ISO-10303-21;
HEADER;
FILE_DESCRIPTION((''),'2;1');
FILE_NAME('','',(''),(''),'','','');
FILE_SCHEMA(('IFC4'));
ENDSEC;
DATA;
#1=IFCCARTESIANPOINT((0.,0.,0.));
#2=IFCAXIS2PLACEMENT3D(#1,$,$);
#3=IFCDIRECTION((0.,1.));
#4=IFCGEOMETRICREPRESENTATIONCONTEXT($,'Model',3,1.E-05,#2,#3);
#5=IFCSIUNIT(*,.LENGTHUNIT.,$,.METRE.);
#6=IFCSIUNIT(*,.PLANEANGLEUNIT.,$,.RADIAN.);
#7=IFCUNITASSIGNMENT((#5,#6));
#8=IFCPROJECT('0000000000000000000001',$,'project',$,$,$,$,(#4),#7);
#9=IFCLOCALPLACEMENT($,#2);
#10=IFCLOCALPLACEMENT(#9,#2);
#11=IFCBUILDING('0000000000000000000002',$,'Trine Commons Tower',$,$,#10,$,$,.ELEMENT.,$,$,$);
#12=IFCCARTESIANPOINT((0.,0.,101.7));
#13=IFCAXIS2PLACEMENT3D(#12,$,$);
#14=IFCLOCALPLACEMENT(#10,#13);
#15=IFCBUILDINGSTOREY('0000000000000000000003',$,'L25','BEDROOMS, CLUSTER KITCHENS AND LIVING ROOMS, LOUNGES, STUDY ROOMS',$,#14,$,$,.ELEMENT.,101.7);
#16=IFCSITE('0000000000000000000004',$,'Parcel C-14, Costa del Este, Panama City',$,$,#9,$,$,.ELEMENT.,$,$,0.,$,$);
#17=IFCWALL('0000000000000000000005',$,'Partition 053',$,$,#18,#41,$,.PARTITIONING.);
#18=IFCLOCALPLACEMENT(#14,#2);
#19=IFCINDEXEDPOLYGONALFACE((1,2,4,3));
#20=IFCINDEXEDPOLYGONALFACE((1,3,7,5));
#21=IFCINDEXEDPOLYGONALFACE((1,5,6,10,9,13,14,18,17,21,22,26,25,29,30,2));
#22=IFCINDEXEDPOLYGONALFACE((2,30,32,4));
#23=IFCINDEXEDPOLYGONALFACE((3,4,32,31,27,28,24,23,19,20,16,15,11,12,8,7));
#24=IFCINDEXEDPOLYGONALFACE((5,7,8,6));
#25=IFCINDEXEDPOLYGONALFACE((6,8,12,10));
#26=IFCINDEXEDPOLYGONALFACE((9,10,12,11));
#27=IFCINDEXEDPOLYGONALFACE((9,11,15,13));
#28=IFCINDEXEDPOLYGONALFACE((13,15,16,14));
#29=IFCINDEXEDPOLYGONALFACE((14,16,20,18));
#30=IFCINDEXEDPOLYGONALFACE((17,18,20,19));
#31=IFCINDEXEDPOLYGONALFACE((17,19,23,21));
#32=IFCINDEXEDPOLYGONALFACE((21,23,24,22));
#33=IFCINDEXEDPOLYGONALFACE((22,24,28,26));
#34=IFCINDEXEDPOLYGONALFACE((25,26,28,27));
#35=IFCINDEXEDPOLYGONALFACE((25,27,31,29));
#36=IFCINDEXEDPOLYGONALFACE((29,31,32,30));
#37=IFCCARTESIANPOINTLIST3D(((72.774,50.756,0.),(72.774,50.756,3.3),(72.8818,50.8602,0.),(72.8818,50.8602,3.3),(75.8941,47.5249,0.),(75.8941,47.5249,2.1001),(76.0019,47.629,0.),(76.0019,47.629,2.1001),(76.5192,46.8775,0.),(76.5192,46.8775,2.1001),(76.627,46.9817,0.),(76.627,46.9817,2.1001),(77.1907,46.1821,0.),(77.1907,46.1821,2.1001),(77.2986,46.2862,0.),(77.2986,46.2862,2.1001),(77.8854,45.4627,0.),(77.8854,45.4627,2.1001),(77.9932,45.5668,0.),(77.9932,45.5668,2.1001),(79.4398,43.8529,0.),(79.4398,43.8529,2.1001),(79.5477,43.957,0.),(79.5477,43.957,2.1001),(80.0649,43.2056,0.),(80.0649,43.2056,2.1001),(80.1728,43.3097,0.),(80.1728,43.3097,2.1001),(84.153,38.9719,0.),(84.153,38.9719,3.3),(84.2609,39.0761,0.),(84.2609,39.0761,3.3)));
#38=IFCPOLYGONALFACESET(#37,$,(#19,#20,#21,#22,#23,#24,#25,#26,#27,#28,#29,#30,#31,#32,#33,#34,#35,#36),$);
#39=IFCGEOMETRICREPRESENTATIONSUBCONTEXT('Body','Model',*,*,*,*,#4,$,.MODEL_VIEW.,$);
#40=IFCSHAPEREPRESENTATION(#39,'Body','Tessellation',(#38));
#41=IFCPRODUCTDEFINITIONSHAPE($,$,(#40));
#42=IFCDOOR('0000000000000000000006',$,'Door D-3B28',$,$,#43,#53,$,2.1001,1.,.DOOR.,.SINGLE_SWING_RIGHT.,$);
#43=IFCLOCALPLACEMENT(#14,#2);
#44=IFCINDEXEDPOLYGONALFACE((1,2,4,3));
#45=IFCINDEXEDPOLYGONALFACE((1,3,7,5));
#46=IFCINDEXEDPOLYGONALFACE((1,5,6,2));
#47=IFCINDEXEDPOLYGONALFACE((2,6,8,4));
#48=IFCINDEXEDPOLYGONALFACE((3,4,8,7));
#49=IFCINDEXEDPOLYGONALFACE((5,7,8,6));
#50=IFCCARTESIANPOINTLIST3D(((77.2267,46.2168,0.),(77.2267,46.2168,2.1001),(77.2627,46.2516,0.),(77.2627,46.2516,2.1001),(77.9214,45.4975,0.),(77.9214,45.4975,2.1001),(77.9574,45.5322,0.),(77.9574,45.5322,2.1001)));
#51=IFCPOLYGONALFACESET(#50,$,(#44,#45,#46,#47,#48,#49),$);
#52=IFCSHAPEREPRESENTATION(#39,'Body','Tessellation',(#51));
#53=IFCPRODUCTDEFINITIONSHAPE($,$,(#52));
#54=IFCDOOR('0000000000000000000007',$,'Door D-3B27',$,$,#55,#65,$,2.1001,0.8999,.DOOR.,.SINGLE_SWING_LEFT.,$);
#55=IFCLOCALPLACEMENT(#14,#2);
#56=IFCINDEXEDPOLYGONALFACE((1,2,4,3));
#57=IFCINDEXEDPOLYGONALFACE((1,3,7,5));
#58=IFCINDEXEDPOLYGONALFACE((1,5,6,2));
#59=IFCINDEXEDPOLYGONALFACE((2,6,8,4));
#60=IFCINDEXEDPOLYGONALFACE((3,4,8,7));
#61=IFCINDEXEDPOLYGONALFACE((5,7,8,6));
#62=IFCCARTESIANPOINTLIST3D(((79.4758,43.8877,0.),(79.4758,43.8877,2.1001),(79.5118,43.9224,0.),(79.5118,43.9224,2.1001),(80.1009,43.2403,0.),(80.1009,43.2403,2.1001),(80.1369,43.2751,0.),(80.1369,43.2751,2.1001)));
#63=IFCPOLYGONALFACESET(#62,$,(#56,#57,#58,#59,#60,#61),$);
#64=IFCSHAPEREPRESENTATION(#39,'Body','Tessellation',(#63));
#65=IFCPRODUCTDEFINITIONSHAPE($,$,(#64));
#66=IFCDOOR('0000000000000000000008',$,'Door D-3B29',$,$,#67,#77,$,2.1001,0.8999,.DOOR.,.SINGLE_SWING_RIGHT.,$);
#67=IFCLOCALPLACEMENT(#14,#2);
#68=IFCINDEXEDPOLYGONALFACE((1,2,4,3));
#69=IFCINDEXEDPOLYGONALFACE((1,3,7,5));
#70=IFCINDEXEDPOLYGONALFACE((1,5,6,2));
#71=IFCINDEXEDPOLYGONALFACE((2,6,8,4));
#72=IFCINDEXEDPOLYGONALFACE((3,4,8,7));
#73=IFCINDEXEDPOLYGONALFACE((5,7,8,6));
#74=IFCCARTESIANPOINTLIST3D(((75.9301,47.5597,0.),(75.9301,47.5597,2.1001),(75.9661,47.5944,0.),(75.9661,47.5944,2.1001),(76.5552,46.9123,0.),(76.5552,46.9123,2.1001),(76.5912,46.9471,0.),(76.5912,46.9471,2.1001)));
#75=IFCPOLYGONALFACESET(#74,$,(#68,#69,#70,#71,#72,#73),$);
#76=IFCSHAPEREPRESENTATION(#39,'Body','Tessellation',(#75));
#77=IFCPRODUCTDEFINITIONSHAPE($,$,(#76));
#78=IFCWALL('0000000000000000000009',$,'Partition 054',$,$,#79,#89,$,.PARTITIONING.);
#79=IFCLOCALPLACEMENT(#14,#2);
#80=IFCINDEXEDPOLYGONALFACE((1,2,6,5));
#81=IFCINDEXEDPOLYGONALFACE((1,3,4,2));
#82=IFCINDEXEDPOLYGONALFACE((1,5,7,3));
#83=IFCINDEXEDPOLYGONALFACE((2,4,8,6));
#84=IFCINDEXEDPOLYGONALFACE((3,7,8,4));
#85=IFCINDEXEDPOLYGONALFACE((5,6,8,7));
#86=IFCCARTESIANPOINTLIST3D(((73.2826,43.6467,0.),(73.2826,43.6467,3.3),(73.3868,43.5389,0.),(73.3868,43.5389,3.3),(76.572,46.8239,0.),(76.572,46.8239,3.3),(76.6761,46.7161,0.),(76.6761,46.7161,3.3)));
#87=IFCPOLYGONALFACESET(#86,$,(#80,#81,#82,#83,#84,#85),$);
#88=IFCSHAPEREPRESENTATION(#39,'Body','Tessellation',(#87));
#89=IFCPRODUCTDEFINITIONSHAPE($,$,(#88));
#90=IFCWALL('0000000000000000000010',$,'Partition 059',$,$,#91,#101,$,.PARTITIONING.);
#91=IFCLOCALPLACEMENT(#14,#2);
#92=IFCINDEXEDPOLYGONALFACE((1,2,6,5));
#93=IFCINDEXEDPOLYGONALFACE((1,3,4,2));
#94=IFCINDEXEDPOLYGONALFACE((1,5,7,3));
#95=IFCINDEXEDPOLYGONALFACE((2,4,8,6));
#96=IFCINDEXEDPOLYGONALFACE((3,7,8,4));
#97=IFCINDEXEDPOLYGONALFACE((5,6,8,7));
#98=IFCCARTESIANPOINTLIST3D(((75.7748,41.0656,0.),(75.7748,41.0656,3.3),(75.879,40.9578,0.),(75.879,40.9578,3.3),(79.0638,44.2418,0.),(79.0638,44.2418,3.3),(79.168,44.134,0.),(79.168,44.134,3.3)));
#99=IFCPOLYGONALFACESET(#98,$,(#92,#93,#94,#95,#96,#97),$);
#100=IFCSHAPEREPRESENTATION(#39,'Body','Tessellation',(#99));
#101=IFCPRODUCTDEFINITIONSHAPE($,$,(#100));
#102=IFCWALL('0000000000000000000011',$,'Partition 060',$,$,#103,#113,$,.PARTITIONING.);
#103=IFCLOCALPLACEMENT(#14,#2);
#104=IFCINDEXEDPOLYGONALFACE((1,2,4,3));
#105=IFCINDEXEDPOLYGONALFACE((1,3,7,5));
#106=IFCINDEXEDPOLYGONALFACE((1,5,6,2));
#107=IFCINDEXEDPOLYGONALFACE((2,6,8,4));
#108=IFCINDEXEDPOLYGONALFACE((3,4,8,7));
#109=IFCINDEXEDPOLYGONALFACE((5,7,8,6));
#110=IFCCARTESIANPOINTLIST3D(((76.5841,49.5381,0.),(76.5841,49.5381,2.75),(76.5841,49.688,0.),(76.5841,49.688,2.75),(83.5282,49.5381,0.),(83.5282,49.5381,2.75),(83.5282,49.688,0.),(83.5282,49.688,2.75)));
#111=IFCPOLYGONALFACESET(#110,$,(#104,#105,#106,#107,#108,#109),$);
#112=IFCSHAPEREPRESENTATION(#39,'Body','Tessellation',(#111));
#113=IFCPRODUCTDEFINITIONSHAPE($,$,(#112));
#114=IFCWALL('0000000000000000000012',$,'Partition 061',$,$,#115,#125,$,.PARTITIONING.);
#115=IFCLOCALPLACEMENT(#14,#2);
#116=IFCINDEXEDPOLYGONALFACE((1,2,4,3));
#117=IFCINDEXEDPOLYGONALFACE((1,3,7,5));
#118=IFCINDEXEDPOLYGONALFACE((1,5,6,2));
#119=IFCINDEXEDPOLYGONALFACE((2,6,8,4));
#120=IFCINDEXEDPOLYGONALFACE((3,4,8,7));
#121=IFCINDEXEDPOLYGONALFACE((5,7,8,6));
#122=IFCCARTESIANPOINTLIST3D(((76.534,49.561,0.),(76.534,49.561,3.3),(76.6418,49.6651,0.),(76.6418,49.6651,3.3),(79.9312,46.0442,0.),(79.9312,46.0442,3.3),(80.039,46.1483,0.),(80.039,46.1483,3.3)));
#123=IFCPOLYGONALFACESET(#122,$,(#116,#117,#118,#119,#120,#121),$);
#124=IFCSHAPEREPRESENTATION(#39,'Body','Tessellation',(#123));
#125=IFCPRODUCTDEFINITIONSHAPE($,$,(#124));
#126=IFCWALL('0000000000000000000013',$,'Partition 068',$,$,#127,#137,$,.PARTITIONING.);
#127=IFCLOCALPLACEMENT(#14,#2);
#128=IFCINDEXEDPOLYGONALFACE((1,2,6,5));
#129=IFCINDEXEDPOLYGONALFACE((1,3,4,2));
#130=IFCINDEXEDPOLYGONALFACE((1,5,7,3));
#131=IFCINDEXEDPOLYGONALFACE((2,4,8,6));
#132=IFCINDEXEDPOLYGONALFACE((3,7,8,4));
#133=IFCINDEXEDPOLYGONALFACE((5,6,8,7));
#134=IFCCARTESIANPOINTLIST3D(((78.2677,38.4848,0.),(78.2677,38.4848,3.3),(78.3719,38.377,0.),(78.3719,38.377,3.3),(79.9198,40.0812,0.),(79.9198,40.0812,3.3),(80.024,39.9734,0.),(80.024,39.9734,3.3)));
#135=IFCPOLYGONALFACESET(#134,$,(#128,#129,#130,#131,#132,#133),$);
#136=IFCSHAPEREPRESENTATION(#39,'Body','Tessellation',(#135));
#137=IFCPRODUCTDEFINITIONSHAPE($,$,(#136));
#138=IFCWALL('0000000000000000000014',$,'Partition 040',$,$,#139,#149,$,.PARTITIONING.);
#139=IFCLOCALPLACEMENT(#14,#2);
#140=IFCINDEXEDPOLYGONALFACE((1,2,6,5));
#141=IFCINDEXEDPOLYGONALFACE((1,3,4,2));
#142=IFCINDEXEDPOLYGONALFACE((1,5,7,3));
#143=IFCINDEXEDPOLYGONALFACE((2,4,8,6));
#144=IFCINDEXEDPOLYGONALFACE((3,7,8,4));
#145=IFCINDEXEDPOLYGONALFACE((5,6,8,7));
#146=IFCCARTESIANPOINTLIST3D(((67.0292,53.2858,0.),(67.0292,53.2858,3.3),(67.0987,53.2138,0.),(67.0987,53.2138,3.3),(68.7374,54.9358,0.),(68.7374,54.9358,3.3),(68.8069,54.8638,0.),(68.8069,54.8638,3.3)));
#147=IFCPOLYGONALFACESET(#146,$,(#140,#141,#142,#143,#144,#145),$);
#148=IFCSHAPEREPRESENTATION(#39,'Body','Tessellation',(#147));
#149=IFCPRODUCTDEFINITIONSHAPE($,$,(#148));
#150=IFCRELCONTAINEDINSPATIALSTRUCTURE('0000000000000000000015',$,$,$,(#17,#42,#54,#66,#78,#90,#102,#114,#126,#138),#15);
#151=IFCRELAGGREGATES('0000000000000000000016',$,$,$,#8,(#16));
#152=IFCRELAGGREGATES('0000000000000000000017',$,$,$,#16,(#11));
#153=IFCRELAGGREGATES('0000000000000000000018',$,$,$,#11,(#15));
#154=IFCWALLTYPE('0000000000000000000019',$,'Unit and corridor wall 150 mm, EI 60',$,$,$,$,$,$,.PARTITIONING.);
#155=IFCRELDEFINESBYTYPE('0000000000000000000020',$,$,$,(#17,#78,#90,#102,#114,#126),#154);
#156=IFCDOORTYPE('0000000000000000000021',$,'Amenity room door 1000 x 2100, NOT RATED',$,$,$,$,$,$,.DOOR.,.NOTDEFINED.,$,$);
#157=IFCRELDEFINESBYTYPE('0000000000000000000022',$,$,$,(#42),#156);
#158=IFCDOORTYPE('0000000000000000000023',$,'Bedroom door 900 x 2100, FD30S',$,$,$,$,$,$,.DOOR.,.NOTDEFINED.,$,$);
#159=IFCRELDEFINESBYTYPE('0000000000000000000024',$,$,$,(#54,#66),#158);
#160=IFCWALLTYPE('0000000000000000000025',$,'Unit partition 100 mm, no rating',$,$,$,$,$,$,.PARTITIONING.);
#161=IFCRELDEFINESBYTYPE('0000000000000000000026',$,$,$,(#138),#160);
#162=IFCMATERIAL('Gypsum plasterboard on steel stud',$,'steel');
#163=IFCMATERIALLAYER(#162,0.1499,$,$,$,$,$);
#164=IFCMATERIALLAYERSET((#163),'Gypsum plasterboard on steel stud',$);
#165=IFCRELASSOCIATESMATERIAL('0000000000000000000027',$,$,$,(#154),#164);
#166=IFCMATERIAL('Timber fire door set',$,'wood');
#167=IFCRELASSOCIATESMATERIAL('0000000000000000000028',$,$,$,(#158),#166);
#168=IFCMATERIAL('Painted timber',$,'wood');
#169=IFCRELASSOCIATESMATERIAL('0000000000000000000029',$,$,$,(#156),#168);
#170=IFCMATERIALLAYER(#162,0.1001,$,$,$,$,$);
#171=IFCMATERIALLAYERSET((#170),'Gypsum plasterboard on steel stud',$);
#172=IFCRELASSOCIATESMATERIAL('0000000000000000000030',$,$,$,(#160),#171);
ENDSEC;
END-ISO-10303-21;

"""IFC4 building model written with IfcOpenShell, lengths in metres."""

from ifc_helpers import new_model, si_unit, direction, frame, frame_2d, origin, place, context, subcontext, project, spatial, rectangle, extrude, material, layer, layer_set, type_object, element, fill, save


model = new_model("IFC4")

# Units and contexts
model_context = context("Model", 3, precision=1e-05, world=origin(), true_north=direction((0.0, 1.0)))
body_context = subcontext(model_context, "Body", "Model", "MODEL_VIEW")
ifc_project = project(units=[si_unit("LENGTHUNIT", "METRE"), si_unit("PLANEANGLEUNIT", "RADIAN")], contexts=[model_context])

# Site, building, storey
site_placement = place(None, origin())
site = spatial("IfcSite", under=ifc_project, at=site_placement, Name="Parcel C-14, Costa del Este, Panama City", CompositionType="ELEMENT", RefElevation=0.0)
building_placement = place(site_placement, origin())
building = spatial("IfcBuilding", under=site, at=building_placement, Name="Trine Commons Tower", CompositionType="ELEMENT")
storey_placement = place(building_placement, frame((0.0, 0.0, 101.7)))
storey = spatial("IfcBuildingStorey", under=building, at=storey_placement, Name="L25", Description="BEDROOMS, CLUSTER KITCHENS AND LIVING ROOMS, LOUNGES, STUDY ROOMS", CompositionType="ELEMENT", Elevation=101.7)

# Shared definitions
ifc_material_1 = material(Name="Gypsum plasterboard on steel stud", Category="steel")
ifc_layer_1 = layer(ifc_material_1, 0.1499)
ifc_layer_set_1 = layer_set([ifc_layer_1], Name="Gypsum plasterboard on steel stud")
wall_type_1 = type_object("IfcWallType", Name="Unit and corridor wall 150 mm, EI 60", PredefinedType="PARTITIONING", material=ifc_layer_set_1)

# Shared definitions
ifc_material_2 = material(Name="Timber fire door set", Category="wood")
door_type_1 = type_object("IfcDoorType", Name="Bedroom door 900 x 2100, FD30S", OperationType="NOTDEFINED", PredefinedType="DOOR", material=ifc_material_2)

# Wall, openings, doors
wall_1_placement = place(storey_placement, frame((72.8279, 50.8081, 0.0), z_axis=(0.0, 0.0, 1.0), x_axis=(0.694636, -0.719361, 0.0)))
wall_1 = element("IfcWall", 1, at=wall_1_placement, inside=storey, type_object=wall_type_1, Name="Partition 053", PredefinedType="PARTITIONING", context=body_context, shape_type="SweptSolid", body=[
    extrude(rectangle(XDim=16.3813, YDim=0.1499, at=frame_2d((8.1907, 0.0))), origin(), (0.0, 0.0, 1.0), 3.3),
])
opening_1_placement = place(wall_1_placement, frame((9.5962, 0.0, 0.0)))
opening_1 = element("IfcOpeningElement", 2, at=opening_1_placement, cuts=wall_1, PredefinedType="OPENING", context=body_context, shape_type="SweptSolid", body=[
    extrude(rectangle(XDim=0.8999, YDim=2.1001, at=frame_2d((0.45, 1.05))), frame((0.0, 0.085, 0.0), z_axis=(0.0, -1.0, 0.0), x_axis=(1.0, 0.0, 0.0)), (0.0, 0.0, 1.0), 0.1699),
])
opening_2_placement = place(wall_1_placement, frame((6.3584, 0.0, 0.0)))
opening_2 = element("IfcOpeningElement", 3, at=opening_2_placement, cuts=wall_1, PredefinedType="OPENING", context=body_context, shape_type="SweptSolid", body=[
    extrude(rectangle(XDim=1.0, YDim=2.1001, at=frame_2d((0.5, 1.05))), frame((0.0, 0.085, 0.0), z_axis=(0.0, -1.0, 0.0), x_axis=(1.0, 0.0, 0.0)), (0.0, 0.0, 1.0), 0.1699),
])
opening_3_placement = place(wall_1_placement, frame((4.4917, 0.0, 0.0)))
opening_3 = element("IfcOpeningElement", 4, at=opening_3_placement, cuts=wall_1, PredefinedType="OPENING", context=body_context, shape_type="SweptSolid", body=[
    extrude(rectangle(XDim=0.8999, YDim=2.1001, at=frame_2d((0.45, 1.05))), frame((0.0, 0.085, 0.0), z_axis=(0.0, -1.0, 0.0), x_axis=(1.0, 0.0, 0.0)), (0.0, 0.0, 1.0), 0.1699),
])
ifc_material_3 = material(Name="Painted timber", Category="wood")
door_type_2 = type_object("IfcDoorType", Name="Amenity room door 1000 x 2100, NOT RATED", OperationType="NOTDEFINED", PredefinedType="DOOR", material=ifc_material_3)
door_1_placement = place(opening_2_placement, frame((1.0, 0.0, 0.0), z_axis=(0.0, 0.0, 1.0), x_axis=(-1.0, 0.0, 0.0)))
door_1 = element("IfcDoor", 5, at=door_1_placement, inside=storey, type_object=door_type_2, Name="Door D-3B28", OperationType="SINGLE_SWING_RIGHT", OverallHeight=2.1001, OverallWidth=1.0, PredefinedType="DOOR", context=body_context, shape_type="SweptSolid", body=[
    extrude(rectangle(XDim=1.0, YDim=2.1001, at=frame_2d((0.5, 1.05))), frame((0.0, 0.0249, 0.0), z_axis=(0.0, -1.0, 0.0), x_axis=(1.0, 0.0, 0.0)), (0.0, 0.0, 1.0), 0.05),
])
fill(opening_2, door_1)
door_2_placement = place(opening_1_placement, frame((0.8999, 0.0, 0.0), z_axis=(0.0, 0.0, 1.0), x_axis=(-1.0, 0.0, 0.0)))
door_2 = element("IfcDoor", 6, at=door_2_placement, inside=storey, type_object=door_type_1, Name="Door D-3B27", OperationType="SINGLE_SWING_LEFT", OverallHeight=2.1001, OverallWidth=0.8999, PredefinedType="DOOR", context=body_context, shape_type="SweptSolid", body=[
    extrude(rectangle(XDim=0.8999, YDim=2.1001, at=frame_2d((0.45, 1.05))), frame((0.0, 0.0249, 0.0), z_axis=(0.0, -1.0, 0.0), x_axis=(1.0, 0.0, 0.0)), (0.0, 0.0, 1.0), 0.05),
])
fill(opening_1, door_2)
door_3_placement = place(opening_3_placement, frame((0.8999, 0.0, 0.0), z_axis=(0.0, 0.0, 1.0), x_axis=(-1.0, 0.0, 0.0)))
door_3 = element("IfcDoor", 7, at=door_3_placement, inside=storey, type_object=door_type_1, Name="Door D-3B29", OperationType="SINGLE_SWING_RIGHT", OverallHeight=2.1001, OverallWidth=0.8999, PredefinedType="DOOR", context=body_context, shape_type="SweptSolid", body=[
    extrude(rectangle(XDim=0.8999, YDim=2.1001, at=frame_2d((0.45, 1.05))), frame((0.0, 0.0249, 0.0), z_axis=(0.0, -1.0, 0.0), x_axis=(1.0, 0.0, 0.0)), (0.0, 0.0, 1.0), 0.05),
])
fill(opening_3, door_3)

# Walls
wall_2_placement = place(storey_placement, frame((73.3347, 43.5928, 0.0), z_axis=(0.0, 0.0, 1.0), x_axis=(0.719252, 0.694749, 0.0)))
element("IfcWall", 8, at=wall_2_placement, inside=storey, type_object=wall_type_1, Name="Partition 054", PredefinedType="PARTITIONING", context=body_context, shape_type="SweptSolid", body=[
    extrude(rectangle(XDim=4.5732, YDim=0.1499, at=frame_2d((2.2866, 0.0))), origin(), (0.0, 0.0, 1.0), 3.3),
])
wall_3_placement = place(storey_placement, frame((75.8269, 41.0117, 0.0), z_axis=(0.0, 0.0, 1.0), x_axis=(0.719333, 0.694665, 0.0)))
element("IfcWall", 9, at=wall_3_placement, inside=storey, type_object=wall_type_1, Name="Partition 059", PredefinedType="PARTITIONING", context=body_context, shape_type="SweptSolid", body=[
    extrude(rectangle(XDim=4.5723, YDim=0.1499, at=frame_2d((2.2861, 0.0))), origin(), (0.0, 0.0, 1.0), 3.3),
])
wall_4_placement = place(storey_placement, frame((76.584, 49.613, 0.0), z_axis=(0.0, 0.0, 1.0), x_axis=(1.0, 0.0, 0.0)))
element("IfcWall", 10, at=wall_4_placement, inside=storey, type_object=wall_type_1, Name="Partition 060", PredefinedType="PARTITIONING", context=body_context, shape_type="SweptSolid", body=[
    extrude(rectangle(XDim=6.9441, YDim=0.1499, at=frame_2d((3.4722, 0.0))), origin(), (0.0, 0.0, 1.0), 2.75),
])
wall_5_placement = place(storey_placement, frame((76.5879, 49.613, 0.0), z_axis=(0.0, 0.0, 1.0), x_axis=(0.694768, -0.719234, 0.0)))
element("IfcWall", 11, at=wall_5_placement, inside=storey, type_object=wall_type_1, Name="Partition 061", PredefinedType="PARTITIONING", context=body_context, shape_type="SweptSolid", body=[
    extrude(rectangle(XDim=4.8896, YDim=0.1499, at=frame_2d((2.4448, 0.0))), origin(), (0.0, 0.0, 1.0), 3.3),
])
wall_6_placement = place(storey_placement, frame((78.3198, 38.4309, 0.0), z_axis=(0.0, 0.0, 1.0), x_axis=(0.719118, 0.694888, 0.0)))
element("IfcWall", 12, at=wall_6_placement, inside=storey, type_object=wall_type_1, Name="Partition 068", PredefinedType="PARTITIONING", context=body_context, shape_type="SweptSolid", body=[
    extrude(rectangle(XDim=2.2974, YDim=0.1499, at=frame_2d((1.1487, 0.0))), origin(), (0.0, 0.0, 1.0), 3.3),
])
ifc_layer_2 = layer(ifc_material_1, 0.1001)
ifc_layer_set_2 = layer_set([ifc_layer_2], Name="Gypsum plasterboard on steel stud")
wall_type_2 = type_object("IfcWallType", Name="Unit partition 100 mm, no rating", PredefinedType="PARTITIONING", material=ifc_layer_set_2)
wall_7_placement = place(storey_placement, frame((67.064, 53.2498, 0.0), z_axis=(0.0, 0.0, 1.0), x_axis=(0.719233, 0.694769, 0.0)))
element("IfcWall", 13, at=wall_7_placement, inside=storey, type_object=wall_type_2, Name="Partition 040", PredefinedType="PARTITIONING", context=body_context, shape_type="SweptSolid", body=[
    extrude(rectangle(XDim=2.375, YDim=0.1001, at=frame_2d((1.1875, 0.0))), origin(), (0.0, 0.0, 1.0), 3.3),
])

save(model, "model.ifc")
